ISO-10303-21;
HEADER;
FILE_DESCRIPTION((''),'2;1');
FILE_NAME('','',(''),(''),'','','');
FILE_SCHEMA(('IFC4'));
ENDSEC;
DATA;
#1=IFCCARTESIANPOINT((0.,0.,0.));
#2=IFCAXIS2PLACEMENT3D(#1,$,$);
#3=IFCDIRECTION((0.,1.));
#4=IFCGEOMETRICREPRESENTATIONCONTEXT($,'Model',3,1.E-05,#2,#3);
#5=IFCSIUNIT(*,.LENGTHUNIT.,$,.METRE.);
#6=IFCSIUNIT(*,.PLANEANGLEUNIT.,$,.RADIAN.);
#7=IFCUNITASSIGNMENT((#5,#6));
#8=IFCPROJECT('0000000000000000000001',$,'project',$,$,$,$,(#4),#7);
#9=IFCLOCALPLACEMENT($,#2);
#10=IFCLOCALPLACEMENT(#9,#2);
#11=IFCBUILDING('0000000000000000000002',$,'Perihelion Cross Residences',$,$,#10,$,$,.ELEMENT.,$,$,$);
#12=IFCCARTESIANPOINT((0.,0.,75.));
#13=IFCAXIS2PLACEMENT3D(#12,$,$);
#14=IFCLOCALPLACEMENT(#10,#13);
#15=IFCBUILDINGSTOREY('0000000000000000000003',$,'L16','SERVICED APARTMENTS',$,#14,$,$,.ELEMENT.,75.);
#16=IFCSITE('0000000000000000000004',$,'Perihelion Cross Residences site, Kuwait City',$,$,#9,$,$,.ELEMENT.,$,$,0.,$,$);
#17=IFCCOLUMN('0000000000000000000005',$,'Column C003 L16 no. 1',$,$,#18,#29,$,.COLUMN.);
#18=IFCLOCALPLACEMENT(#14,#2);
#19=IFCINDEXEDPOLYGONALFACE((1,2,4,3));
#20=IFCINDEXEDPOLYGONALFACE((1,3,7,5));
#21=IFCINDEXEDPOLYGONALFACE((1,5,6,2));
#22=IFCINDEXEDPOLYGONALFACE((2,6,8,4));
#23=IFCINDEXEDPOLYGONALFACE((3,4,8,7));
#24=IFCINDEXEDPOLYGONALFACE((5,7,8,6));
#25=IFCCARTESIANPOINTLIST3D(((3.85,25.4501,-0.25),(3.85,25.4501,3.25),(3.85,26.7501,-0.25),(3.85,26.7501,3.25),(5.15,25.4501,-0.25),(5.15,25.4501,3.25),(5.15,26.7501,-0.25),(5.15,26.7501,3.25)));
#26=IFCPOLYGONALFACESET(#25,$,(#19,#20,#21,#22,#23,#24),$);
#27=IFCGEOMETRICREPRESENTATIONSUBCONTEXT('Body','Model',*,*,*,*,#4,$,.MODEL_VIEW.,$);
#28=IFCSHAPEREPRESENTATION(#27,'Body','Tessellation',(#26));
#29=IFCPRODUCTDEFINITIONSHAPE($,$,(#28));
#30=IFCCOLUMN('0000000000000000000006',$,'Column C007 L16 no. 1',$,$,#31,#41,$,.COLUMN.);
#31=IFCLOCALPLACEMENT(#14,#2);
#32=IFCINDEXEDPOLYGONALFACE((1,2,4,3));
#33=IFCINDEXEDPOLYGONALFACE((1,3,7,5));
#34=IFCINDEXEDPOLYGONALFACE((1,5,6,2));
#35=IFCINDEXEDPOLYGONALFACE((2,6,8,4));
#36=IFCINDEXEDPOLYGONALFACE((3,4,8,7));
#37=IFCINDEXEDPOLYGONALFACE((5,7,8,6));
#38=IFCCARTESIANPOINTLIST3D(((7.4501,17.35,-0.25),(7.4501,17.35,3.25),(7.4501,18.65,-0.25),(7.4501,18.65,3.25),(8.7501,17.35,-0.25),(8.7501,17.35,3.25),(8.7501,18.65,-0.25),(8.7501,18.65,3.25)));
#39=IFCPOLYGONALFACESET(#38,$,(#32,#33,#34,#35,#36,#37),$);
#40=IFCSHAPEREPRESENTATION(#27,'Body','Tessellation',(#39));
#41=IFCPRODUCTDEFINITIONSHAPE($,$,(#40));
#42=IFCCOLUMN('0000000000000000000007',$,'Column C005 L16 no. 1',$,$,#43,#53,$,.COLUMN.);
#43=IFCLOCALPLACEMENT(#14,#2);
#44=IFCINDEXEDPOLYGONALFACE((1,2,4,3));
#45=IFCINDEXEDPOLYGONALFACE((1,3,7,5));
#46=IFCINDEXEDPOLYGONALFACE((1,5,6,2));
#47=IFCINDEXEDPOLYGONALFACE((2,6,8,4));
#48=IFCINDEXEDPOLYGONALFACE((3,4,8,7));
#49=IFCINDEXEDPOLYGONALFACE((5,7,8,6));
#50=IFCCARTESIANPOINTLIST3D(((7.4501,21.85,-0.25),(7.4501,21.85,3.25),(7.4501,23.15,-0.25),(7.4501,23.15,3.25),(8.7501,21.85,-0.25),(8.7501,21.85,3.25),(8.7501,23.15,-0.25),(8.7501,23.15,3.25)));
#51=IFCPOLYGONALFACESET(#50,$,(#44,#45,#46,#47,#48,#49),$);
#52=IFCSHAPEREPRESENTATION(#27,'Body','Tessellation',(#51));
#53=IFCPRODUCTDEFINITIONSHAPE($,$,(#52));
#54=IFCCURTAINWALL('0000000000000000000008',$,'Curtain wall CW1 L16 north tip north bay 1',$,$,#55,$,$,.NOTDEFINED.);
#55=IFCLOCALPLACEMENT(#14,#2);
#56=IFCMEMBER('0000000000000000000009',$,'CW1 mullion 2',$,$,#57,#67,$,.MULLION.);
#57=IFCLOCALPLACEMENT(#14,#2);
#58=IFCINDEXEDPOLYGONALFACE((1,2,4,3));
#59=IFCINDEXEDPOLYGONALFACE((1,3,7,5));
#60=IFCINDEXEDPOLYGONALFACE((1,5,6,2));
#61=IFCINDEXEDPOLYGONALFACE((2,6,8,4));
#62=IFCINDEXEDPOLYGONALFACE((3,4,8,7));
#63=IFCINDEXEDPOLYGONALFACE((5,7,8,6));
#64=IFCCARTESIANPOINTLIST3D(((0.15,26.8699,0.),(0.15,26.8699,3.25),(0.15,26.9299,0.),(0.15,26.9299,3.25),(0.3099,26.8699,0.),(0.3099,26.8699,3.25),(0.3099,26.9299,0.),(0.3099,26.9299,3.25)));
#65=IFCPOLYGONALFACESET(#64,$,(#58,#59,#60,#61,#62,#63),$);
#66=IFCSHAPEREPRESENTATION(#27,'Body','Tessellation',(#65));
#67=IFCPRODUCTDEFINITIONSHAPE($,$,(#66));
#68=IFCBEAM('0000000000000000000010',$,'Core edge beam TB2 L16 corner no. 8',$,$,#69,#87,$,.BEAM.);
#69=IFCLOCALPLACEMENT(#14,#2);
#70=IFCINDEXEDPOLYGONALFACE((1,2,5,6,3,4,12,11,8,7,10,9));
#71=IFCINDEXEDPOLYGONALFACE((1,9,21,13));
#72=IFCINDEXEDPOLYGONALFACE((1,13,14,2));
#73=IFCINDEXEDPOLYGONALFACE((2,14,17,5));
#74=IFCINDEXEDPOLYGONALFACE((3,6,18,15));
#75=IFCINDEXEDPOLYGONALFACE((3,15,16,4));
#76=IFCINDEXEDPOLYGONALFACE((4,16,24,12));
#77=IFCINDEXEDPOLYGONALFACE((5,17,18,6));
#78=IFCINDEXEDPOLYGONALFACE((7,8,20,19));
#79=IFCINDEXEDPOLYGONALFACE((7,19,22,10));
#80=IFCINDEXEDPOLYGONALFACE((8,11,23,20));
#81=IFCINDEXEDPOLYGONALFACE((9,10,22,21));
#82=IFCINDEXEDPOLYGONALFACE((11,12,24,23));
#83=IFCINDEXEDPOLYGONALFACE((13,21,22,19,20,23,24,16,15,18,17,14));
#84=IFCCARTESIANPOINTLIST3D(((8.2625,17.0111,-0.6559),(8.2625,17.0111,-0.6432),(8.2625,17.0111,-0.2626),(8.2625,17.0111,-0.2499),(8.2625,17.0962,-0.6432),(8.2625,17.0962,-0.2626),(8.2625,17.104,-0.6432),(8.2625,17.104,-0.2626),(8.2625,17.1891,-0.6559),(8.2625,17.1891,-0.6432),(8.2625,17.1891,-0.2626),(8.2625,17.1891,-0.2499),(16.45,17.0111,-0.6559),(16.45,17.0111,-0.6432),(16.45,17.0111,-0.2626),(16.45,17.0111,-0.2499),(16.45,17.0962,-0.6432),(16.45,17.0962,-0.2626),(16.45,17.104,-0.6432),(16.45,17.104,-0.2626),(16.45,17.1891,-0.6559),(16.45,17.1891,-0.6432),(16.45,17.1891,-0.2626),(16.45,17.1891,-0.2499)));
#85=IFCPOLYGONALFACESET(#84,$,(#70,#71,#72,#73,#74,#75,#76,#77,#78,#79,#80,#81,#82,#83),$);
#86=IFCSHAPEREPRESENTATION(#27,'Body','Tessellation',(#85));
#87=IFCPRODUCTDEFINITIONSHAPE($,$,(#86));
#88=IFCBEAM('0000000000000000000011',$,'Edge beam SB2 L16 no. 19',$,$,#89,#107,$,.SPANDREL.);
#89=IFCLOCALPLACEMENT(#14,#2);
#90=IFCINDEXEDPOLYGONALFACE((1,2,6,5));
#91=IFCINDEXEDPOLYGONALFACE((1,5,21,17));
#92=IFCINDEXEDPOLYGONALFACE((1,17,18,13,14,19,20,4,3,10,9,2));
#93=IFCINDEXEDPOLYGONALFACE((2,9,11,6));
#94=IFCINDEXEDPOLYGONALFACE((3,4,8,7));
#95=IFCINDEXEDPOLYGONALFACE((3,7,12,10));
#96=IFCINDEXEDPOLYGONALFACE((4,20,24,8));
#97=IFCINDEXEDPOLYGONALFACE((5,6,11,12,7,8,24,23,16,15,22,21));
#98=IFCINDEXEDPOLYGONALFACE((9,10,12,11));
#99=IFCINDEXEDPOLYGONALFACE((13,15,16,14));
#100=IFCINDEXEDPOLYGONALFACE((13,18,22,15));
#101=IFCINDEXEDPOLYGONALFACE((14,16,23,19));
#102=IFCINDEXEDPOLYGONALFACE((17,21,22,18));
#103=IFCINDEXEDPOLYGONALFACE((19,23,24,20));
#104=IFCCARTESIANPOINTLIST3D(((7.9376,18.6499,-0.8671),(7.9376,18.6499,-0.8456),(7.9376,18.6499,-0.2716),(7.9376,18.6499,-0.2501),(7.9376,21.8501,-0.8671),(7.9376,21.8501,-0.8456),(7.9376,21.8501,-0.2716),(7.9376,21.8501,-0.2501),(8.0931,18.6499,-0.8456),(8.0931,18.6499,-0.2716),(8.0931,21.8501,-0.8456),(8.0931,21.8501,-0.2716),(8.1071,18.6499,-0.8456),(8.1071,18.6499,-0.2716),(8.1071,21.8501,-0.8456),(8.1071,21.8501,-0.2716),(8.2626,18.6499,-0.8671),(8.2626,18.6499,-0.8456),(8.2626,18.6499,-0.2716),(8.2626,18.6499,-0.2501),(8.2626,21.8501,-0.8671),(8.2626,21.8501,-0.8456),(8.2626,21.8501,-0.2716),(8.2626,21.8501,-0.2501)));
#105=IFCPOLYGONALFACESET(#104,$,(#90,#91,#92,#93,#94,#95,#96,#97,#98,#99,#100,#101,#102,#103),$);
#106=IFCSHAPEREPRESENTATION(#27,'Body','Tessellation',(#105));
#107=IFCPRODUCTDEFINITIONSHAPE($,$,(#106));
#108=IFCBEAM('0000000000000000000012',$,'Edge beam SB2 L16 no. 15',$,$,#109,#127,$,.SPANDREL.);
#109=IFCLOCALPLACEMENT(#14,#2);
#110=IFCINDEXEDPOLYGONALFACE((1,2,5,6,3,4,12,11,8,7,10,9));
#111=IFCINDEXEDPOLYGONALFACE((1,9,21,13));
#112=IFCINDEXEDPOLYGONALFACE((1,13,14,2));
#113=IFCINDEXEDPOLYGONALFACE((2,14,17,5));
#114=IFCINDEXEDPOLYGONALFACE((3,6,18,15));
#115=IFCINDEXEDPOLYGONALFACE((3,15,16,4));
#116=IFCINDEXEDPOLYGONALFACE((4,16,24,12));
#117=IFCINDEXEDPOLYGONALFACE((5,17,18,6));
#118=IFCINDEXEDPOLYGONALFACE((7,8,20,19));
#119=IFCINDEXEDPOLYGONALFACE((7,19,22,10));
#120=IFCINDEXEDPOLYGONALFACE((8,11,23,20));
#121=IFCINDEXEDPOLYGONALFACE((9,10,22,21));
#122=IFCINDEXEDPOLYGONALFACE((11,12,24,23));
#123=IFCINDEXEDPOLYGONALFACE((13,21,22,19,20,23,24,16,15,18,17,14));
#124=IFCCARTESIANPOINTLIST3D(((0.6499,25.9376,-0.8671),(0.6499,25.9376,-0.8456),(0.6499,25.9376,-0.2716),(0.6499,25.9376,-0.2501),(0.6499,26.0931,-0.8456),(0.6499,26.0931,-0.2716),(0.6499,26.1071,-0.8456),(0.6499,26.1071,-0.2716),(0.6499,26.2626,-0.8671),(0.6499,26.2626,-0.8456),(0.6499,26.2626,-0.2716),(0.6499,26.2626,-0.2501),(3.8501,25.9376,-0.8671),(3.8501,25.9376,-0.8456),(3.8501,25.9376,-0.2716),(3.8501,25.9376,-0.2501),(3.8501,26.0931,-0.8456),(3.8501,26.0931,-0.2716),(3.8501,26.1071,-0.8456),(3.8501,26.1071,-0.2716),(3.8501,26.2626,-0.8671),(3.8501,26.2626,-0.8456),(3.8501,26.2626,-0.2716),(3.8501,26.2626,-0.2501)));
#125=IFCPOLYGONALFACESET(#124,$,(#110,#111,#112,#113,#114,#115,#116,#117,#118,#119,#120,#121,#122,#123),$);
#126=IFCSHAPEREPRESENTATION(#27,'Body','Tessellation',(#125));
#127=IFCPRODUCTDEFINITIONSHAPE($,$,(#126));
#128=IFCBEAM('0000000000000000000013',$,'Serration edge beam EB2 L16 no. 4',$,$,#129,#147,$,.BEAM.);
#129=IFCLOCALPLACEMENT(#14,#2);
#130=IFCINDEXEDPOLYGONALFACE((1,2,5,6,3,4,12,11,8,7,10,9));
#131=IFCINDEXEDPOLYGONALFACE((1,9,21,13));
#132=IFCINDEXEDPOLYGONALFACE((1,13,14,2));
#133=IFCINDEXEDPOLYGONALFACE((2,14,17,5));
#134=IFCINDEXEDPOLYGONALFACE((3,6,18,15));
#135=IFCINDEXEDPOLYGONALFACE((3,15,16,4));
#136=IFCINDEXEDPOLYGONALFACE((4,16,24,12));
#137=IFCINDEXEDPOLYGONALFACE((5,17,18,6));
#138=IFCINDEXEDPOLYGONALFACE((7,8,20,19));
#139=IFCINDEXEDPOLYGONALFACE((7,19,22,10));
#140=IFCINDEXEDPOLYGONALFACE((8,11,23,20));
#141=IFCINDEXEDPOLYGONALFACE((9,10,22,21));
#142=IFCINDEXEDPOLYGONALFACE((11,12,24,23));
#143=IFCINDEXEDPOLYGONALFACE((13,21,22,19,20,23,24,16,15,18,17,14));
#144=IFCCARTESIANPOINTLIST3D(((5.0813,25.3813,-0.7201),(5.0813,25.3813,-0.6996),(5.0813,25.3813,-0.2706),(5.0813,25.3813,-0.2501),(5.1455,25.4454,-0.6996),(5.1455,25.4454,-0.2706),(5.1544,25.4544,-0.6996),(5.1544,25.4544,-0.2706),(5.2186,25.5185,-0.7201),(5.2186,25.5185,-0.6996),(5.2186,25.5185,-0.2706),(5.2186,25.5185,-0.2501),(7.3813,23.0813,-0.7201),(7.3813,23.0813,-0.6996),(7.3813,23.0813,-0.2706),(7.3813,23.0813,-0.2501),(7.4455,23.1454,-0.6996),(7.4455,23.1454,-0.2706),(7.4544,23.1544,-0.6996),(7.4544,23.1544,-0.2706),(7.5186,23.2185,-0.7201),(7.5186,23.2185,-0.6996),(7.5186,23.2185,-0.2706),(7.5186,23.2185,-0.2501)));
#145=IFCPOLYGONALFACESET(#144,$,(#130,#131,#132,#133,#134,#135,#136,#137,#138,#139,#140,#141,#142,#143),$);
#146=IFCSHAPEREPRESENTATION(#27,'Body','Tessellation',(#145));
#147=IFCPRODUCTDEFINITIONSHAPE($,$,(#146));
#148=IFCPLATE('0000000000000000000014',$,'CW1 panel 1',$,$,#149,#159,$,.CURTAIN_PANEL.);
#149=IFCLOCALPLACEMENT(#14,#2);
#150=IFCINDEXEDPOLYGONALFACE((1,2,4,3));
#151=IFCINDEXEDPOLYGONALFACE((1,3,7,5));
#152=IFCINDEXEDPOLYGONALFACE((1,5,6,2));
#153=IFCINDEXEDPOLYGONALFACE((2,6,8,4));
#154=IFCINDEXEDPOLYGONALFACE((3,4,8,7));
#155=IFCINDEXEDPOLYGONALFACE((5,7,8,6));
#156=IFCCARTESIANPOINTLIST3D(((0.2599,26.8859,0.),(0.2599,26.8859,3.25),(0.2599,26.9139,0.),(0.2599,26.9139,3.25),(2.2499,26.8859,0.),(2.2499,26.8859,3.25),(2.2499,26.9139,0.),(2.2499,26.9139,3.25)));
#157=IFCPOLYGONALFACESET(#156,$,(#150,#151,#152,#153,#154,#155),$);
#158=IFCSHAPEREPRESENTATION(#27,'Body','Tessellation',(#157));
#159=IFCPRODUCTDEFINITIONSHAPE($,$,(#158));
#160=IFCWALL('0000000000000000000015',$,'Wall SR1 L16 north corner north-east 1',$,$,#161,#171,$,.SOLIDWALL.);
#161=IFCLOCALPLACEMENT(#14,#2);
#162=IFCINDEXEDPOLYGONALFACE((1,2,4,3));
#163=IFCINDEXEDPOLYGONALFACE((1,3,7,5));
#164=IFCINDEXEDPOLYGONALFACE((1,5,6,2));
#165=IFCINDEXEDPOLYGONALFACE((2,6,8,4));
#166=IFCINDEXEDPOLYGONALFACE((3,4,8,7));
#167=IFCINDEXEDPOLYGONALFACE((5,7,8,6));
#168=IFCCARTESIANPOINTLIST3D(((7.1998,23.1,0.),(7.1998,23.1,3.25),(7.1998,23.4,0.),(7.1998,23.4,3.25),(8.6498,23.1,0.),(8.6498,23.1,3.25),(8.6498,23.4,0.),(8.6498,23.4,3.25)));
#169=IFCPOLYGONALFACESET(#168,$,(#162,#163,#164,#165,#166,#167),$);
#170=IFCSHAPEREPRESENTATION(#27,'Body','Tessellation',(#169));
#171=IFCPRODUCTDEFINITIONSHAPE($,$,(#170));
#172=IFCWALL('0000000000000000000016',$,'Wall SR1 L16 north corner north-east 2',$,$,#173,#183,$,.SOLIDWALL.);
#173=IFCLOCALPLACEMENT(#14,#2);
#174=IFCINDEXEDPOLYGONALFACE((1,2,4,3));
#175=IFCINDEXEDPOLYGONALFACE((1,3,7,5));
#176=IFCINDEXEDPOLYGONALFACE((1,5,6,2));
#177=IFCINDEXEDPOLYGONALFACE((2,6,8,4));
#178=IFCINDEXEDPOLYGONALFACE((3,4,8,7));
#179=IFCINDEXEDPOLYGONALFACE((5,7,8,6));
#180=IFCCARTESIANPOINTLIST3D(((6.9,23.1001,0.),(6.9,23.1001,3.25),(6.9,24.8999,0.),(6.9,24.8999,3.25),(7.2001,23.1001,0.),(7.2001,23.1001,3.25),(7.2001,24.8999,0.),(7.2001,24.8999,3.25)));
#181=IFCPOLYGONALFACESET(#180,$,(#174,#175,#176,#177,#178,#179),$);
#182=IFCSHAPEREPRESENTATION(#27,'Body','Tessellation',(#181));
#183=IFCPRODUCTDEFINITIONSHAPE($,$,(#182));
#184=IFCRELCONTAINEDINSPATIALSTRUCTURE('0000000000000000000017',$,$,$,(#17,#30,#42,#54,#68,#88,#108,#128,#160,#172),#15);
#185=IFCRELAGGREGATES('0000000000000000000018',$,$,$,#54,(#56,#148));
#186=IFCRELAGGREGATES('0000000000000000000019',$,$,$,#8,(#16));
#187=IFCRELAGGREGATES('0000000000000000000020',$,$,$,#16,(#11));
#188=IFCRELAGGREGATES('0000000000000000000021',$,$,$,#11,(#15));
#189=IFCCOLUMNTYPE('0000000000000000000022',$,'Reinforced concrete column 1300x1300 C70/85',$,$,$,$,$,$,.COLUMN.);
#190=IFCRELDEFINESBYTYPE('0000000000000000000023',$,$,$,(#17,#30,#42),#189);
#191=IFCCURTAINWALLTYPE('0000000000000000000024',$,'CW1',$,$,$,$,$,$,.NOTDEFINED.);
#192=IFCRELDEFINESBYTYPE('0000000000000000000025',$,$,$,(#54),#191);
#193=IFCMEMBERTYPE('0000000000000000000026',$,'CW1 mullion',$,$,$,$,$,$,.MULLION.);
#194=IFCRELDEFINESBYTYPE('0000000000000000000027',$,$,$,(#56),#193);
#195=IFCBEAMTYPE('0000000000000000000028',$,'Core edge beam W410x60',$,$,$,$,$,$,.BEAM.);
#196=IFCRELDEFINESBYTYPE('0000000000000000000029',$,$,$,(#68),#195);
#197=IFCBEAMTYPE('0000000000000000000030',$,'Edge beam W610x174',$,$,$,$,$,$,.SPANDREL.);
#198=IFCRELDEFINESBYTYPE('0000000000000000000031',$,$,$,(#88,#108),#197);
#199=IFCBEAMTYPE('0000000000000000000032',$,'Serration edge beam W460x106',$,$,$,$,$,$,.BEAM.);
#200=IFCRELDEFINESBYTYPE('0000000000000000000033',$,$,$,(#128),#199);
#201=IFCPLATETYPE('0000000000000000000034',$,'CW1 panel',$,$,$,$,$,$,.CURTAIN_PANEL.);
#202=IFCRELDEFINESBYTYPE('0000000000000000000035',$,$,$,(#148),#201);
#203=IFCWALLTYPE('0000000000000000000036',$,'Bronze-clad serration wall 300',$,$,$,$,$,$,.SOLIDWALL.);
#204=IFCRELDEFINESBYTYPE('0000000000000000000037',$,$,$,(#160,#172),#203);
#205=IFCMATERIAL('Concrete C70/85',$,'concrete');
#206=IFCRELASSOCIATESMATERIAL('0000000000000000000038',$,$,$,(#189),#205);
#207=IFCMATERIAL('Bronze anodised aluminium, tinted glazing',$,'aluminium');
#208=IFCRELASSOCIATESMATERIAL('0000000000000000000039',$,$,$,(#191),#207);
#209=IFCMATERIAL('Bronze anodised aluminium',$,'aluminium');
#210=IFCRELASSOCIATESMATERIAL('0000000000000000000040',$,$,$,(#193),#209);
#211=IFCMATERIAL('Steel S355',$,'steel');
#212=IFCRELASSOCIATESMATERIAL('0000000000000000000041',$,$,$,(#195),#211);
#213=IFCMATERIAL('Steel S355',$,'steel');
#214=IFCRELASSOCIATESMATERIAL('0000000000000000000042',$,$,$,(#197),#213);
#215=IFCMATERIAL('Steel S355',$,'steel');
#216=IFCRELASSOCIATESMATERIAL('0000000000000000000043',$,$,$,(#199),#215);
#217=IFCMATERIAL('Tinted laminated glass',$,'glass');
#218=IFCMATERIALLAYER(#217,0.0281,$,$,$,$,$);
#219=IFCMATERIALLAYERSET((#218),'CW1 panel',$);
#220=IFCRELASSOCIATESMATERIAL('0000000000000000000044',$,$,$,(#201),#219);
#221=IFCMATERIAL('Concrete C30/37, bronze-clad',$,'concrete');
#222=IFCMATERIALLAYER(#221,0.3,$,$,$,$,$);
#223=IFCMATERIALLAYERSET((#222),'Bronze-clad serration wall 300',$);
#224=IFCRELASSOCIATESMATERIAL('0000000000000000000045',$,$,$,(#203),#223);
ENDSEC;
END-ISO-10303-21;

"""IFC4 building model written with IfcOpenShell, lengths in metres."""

from ifc_helpers import new_model, si_unit, direction, frame, frame_2d, origin, origin_2d, place, context, subcontext, project, spatial, rectangle, i_section, extrude, material, layer, layer_set, material_profile, profile_set, type_object, element, aggregate, save


model = new_model("IFC4")

# Units and contexts
model_context = context("Model", 3, precision=1e-05, world=origin(), true_north=direction((0.0, 1.0)))
body_context = subcontext(model_context, "Body", "Model", "MODEL_VIEW")
ifc_project = project(units=[si_unit("LENGTHUNIT", "METRE"), si_unit("PLANEANGLEUNIT", "RADIAN")], contexts=[model_context])

# Site, building, storey
site_placement = place(None, origin())
site = spatial("IfcSite", under=ifc_project, at=site_placement, Name="Perihelion Cross Residences site, Kuwait City", CompositionType="ELEMENT", RefElevation=0.0)
building_placement = place(site_placement, origin())
building = spatial("IfcBuilding", under=site, at=building_placement, Name="Perihelion Cross Residences", CompositionType="ELEMENT")
storey_placement = place(building_placement, frame((0.0, 0.0, 75.0)))
storey = spatial("IfcBuildingStorey", under=building, at=storey_placement, Name="L16", Description="SERVICED APARTMENTS", CompositionType="ELEMENT", Elevation=75.0)

# Columns
ifc_material_1 = material(Name="Concrete C70/85", Category="concrete")
ifc_material_profile_1 = material_profile(ifc_material_1, rectangle(XDim=1.3, YDim=1.3, at=origin_2d()), Name="RC 1300x1300")
ifc_profile_set_1 = profile_set([ifc_material_profile_1], Name="Concrete C70/85")
column_type = type_object("IfcColumnType", Name="Reinforced concrete column 1300x1300 C70/85", PredefinedType="COLUMN", material=ifc_profile_set_1)
for number, where, z_axis, x_axis, name in (
    (1, (4.5, 26.1001, -0.25), (0.0, 0.0, 1.0), (1.0, 0.0, 0.0), "Column C003 L16 no. 1"),
    (2, (8.1001, 18.0, -0.25), (0.0, 0.0, 1.0), (1.0, 0.0, 0.0), "Column C007 L16 no. 1"),
    (3, (8.1001, 22.5, -0.25), (0.0, 0.0, 1.0), (1.0, 0.0, 0.0), "Column C005 L16 no. 1"),
):
    element("IfcColumn", number, at=place(storey_placement, frame(where, z_axis=z_axis, x_axis=x_axis)), inside=storey, type_object=column_type, Name=name, PredefinedType="COLUMN", context=body_context, shape_type="SweptSolid", body=[
        extrude(rectangle(XDim=1.3, YDim=1.3, at=origin_2d()), origin(), (0.0, 0.0, 1.0), 3.5),
    ])

# Curtain wall, member
ifc_material_2 = material(Name="Bronze anodised aluminium, tinted glazing", Category="aluminium")
curtain_wall_type = type_object("IfcCurtainWallType", Name="CW1", PredefinedType="NOTDEFINED", material=ifc_material_2)
curtain_wall_placement = place(storey_placement, origin())
curtain_wall = element("IfcCurtainWall", 4, at=curtain_wall_placement, inside=storey, type_object=curtain_wall_type, Name="Curtain wall CW1 L16 north tip north bay 1", PredefinedType="NOTDEFINED")
ifc_material_3 = material(Name="Bronze anodised aluminium", Category="aluminium")
ifc_material_profile_2 = material_profile(ifc_material_3, rectangle(XDim=0.0601, YDim=0.1599, at=origin_2d()), Name="CW1 mullion")
ifc_profile_set_2 = profile_set([ifc_material_profile_2], Name="Bronze anodised aluminium")
member_type = type_object("IfcMemberType", Name="CW1 mullion", PredefinedType="MULLION", material=ifc_profile_set_2)
member_placement = place(storey_placement, frame((0.23, 26.8999, 0.0), z_axis=(0.0, 0.0, 1.0), x_axis=(0.0, -1.0, 0.0)))
member = element("IfcMember", 5, at=member_placement, type_object=member_type, Name="CW1 mullion 2", PredefinedType="MULLION", context=body_context, shape_type="SweptSolid", body=[
    extrude(rectangle(XDim=0.0601, YDim=0.1599, at=origin_2d()), origin(), (0.0, 0.0, 1.0), 3.25),
])

# Beams
ifc_material_4 = material(Name="Steel S355", Category="steel")
ifc_material_profile_3 = material_profile(ifc_material_4, i_section(OverallWidth=0.178, OverallDepth=0.406, WebThickness=0.0078, FlangeThickness=0.0127, at=origin_2d()), Name="W410x60")
ifc_profile_set_3 = profile_set([ifc_material_profile_3], Name="Steel S355")
beam_type_1 = type_object("IfcBeamType", Name="Core edge beam W410x60", PredefinedType="BEAM", material=ifc_profile_set_3)
beam_1_placement = place(storey_placement, frame((8.2625, 17.1001, -0.4529), z_axis=(1.0, 0.0, 0.0), x_axis=(0.0, 1.0, 0.0)))
element("IfcBeam", 6, at=beam_1_placement, inside=storey, type_object=beam_type_1, Name="Core edge beam TB2 L16 corner no. 8", PredefinedType="BEAM", context=body_context, shape_type="SweptSolid", body=[
    extrude(i_section(OverallWidth=0.178, OverallDepth=0.406, WebThickness=0.0078, FlangeThickness=0.0127, at=origin_2d()), origin(), (0.0, 0.0, 1.0), 8.1875),
])
ifc_material_5 = material(Name="Steel S355", Category="steel")
ifc_material_profile_4 = material_profile(ifc_material_5, i_section(OverallWidth=0.325, OverallDepth=0.6169, WebThickness=0.0139, FlangeThickness=0.0215, at=origin_2d()), Name="W610x174")
ifc_profile_set_4 = profile_set([ifc_material_profile_4], Name="Steel S355")
beam_type_2 = type_object("IfcBeamType", Name="Edge beam W610x174", PredefinedType="SPANDREL", material=ifc_profile_set_4)
for number, where, z_axis, x_axis, name in (
    (7, (8.1001, 18.6499, -0.5586), (0.0, 1.0, 0.0), (-1.0, 0.0, 0.0), "Edge beam SB2 L16 no. 19"),
    (8, (3.8501, 26.1001, -0.5586), (-1.0, 0.0, 0.0), (0.0, -1.0, 0.0), "Edge beam SB2 L16 no. 15"),
):
    element("IfcBeam", number, at=place(storey_placement, frame(where, z_axis=z_axis, x_axis=x_axis)), inside=storey, type_object=beam_type_2, Name=name, PredefinedType="SPANDREL", context=body_context, shape_type="SweptSolid", body=[
        extrude(i_section(OverallWidth=0.325, OverallDepth=0.6169, WebThickness=0.0139, FlangeThickness=0.0215, at=origin_2d()), origin(), (0.0, 0.0, 1.0), 3.2002),
    ])
ifc_material_6 = material(Name="Steel S355", Category="steel")
ifc_material_profile_5 = material_profile(ifc_material_6, i_section(OverallWidth=0.1941, OverallDepth=0.47, WebThickness=0.0127, FlangeThickness=0.0205, at=origin_2d()), Name="W460x106")
ifc_profile_set_5 = profile_set([ifc_material_profile_5], Name="Steel S355")
beam_type_3 = type_object("IfcBeamType", Name="Serration edge beam W460x106", PredefinedType="BEAM", material=ifc_profile_set_5)
beam_2_placement = place(storey_placement, frame((7.45, 23.1499, -0.4851), z_axis=(-0.707107, 0.707107, 0.0), x_axis=(-0.707107, -0.707107, 0.0)))
element("IfcBeam", 9, at=beam_2_placement, inside=storey, type_object=beam_type_3, Name="Serration edge beam EB2 L16 no. 4", PredefinedType="BEAM", context=body_context, shape_type="SweptSolid", body=[
    extrude(i_section(OverallWidth=0.1941, OverallDepth=0.47, WebThickness=0.0127, FlangeThickness=0.0205, at=origin_2d()), origin(), (0.0, 0.0, 1.0), 3.2527),
])

# Plate
ifc_material_7 = material(Name="Tinted laminated glass", Category="glass")
ifc_layer_1 = layer(ifc_material_7, 0.0281)
ifc_layer_set_1 = layer_set([ifc_layer_1], Name="CW1 panel")
plate_type = type_object("IfcPlateType", Name="CW1 panel", PredefinedType="CURTAIN_PANEL", material=ifc_layer_set_1)
plate_placement = place(storey_placement, frame((1.2549, 26.8999, 0.0), z_axis=(0.0, 0.0, 1.0), x_axis=(-1.0, 0.0, 0.0)))
plate = element("IfcPlate", 10, at=plate_placement, type_object=plate_type, Name="CW1 panel 1", PredefinedType="CURTAIN_PANEL", context=body_context, shape_type="SweptSolid", body=[
    extrude(rectangle(XDim=1.99, YDim=0.0281, at=origin_2d()), origin(), (0.0, 0.0, 1.0), 3.25),
])
aggregate(curtain_wall, [member, plate])

# Walls
ifc_material_8 = material(Name="Concrete C30/37, bronze-clad", Category="concrete")
ifc_layer_2 = layer(ifc_material_8, 0.3)
ifc_layer_set_2 = layer_set([ifc_layer_2], Name="Bronze-clad serration wall 300")
wall_type_1 = type_object("IfcWallType", Name="Bronze-clad serration wall 300", PredefinedType="SOLIDWALL", material=ifc_layer_set_2)
wall_1_placement = place(storey_placement, frame((8.6499, 23.25, 0.0), z_axis=(0.0, 0.0, 1.0), x_axis=(-1.0, 0.0, 0.0)))
element("IfcWall", 11, at=wall_1_placement, inside=storey, type_object=wall_type_1, Name="Wall SR1 L16 north corner north-east 1", PredefinedType="SOLIDWALL", context=body_context, shape_type="SweptSolid", body=[
    extrude(rectangle(XDim=1.45, YDim=0.3, at=frame_2d((0.7251, 0.0))), origin(), (0.0, 0.0, 1.0), 3.25),
])
wall_2_placement = place(storey_placement, frame((7.05, 23.1001, 0.0), z_axis=(0.0, 0.0, 1.0), x_axis=(0.0, 1.0, 0.0)))
element("IfcWall", 12, at=wall_2_placement, inside=storey, type_object=wall_type_1, Name="Wall SR1 L16 north corner north-east 2", PredefinedType="SOLIDWALL", context=body_context, shape_type="SweptSolid", body=[
    extrude(rectangle(XDim=1.7998, YDim=0.3, at=frame_2d((0.8999, 0.0))), origin(), (0.0, 0.0, 1.0), 3.25),
])

save(model, "model.ifc")
